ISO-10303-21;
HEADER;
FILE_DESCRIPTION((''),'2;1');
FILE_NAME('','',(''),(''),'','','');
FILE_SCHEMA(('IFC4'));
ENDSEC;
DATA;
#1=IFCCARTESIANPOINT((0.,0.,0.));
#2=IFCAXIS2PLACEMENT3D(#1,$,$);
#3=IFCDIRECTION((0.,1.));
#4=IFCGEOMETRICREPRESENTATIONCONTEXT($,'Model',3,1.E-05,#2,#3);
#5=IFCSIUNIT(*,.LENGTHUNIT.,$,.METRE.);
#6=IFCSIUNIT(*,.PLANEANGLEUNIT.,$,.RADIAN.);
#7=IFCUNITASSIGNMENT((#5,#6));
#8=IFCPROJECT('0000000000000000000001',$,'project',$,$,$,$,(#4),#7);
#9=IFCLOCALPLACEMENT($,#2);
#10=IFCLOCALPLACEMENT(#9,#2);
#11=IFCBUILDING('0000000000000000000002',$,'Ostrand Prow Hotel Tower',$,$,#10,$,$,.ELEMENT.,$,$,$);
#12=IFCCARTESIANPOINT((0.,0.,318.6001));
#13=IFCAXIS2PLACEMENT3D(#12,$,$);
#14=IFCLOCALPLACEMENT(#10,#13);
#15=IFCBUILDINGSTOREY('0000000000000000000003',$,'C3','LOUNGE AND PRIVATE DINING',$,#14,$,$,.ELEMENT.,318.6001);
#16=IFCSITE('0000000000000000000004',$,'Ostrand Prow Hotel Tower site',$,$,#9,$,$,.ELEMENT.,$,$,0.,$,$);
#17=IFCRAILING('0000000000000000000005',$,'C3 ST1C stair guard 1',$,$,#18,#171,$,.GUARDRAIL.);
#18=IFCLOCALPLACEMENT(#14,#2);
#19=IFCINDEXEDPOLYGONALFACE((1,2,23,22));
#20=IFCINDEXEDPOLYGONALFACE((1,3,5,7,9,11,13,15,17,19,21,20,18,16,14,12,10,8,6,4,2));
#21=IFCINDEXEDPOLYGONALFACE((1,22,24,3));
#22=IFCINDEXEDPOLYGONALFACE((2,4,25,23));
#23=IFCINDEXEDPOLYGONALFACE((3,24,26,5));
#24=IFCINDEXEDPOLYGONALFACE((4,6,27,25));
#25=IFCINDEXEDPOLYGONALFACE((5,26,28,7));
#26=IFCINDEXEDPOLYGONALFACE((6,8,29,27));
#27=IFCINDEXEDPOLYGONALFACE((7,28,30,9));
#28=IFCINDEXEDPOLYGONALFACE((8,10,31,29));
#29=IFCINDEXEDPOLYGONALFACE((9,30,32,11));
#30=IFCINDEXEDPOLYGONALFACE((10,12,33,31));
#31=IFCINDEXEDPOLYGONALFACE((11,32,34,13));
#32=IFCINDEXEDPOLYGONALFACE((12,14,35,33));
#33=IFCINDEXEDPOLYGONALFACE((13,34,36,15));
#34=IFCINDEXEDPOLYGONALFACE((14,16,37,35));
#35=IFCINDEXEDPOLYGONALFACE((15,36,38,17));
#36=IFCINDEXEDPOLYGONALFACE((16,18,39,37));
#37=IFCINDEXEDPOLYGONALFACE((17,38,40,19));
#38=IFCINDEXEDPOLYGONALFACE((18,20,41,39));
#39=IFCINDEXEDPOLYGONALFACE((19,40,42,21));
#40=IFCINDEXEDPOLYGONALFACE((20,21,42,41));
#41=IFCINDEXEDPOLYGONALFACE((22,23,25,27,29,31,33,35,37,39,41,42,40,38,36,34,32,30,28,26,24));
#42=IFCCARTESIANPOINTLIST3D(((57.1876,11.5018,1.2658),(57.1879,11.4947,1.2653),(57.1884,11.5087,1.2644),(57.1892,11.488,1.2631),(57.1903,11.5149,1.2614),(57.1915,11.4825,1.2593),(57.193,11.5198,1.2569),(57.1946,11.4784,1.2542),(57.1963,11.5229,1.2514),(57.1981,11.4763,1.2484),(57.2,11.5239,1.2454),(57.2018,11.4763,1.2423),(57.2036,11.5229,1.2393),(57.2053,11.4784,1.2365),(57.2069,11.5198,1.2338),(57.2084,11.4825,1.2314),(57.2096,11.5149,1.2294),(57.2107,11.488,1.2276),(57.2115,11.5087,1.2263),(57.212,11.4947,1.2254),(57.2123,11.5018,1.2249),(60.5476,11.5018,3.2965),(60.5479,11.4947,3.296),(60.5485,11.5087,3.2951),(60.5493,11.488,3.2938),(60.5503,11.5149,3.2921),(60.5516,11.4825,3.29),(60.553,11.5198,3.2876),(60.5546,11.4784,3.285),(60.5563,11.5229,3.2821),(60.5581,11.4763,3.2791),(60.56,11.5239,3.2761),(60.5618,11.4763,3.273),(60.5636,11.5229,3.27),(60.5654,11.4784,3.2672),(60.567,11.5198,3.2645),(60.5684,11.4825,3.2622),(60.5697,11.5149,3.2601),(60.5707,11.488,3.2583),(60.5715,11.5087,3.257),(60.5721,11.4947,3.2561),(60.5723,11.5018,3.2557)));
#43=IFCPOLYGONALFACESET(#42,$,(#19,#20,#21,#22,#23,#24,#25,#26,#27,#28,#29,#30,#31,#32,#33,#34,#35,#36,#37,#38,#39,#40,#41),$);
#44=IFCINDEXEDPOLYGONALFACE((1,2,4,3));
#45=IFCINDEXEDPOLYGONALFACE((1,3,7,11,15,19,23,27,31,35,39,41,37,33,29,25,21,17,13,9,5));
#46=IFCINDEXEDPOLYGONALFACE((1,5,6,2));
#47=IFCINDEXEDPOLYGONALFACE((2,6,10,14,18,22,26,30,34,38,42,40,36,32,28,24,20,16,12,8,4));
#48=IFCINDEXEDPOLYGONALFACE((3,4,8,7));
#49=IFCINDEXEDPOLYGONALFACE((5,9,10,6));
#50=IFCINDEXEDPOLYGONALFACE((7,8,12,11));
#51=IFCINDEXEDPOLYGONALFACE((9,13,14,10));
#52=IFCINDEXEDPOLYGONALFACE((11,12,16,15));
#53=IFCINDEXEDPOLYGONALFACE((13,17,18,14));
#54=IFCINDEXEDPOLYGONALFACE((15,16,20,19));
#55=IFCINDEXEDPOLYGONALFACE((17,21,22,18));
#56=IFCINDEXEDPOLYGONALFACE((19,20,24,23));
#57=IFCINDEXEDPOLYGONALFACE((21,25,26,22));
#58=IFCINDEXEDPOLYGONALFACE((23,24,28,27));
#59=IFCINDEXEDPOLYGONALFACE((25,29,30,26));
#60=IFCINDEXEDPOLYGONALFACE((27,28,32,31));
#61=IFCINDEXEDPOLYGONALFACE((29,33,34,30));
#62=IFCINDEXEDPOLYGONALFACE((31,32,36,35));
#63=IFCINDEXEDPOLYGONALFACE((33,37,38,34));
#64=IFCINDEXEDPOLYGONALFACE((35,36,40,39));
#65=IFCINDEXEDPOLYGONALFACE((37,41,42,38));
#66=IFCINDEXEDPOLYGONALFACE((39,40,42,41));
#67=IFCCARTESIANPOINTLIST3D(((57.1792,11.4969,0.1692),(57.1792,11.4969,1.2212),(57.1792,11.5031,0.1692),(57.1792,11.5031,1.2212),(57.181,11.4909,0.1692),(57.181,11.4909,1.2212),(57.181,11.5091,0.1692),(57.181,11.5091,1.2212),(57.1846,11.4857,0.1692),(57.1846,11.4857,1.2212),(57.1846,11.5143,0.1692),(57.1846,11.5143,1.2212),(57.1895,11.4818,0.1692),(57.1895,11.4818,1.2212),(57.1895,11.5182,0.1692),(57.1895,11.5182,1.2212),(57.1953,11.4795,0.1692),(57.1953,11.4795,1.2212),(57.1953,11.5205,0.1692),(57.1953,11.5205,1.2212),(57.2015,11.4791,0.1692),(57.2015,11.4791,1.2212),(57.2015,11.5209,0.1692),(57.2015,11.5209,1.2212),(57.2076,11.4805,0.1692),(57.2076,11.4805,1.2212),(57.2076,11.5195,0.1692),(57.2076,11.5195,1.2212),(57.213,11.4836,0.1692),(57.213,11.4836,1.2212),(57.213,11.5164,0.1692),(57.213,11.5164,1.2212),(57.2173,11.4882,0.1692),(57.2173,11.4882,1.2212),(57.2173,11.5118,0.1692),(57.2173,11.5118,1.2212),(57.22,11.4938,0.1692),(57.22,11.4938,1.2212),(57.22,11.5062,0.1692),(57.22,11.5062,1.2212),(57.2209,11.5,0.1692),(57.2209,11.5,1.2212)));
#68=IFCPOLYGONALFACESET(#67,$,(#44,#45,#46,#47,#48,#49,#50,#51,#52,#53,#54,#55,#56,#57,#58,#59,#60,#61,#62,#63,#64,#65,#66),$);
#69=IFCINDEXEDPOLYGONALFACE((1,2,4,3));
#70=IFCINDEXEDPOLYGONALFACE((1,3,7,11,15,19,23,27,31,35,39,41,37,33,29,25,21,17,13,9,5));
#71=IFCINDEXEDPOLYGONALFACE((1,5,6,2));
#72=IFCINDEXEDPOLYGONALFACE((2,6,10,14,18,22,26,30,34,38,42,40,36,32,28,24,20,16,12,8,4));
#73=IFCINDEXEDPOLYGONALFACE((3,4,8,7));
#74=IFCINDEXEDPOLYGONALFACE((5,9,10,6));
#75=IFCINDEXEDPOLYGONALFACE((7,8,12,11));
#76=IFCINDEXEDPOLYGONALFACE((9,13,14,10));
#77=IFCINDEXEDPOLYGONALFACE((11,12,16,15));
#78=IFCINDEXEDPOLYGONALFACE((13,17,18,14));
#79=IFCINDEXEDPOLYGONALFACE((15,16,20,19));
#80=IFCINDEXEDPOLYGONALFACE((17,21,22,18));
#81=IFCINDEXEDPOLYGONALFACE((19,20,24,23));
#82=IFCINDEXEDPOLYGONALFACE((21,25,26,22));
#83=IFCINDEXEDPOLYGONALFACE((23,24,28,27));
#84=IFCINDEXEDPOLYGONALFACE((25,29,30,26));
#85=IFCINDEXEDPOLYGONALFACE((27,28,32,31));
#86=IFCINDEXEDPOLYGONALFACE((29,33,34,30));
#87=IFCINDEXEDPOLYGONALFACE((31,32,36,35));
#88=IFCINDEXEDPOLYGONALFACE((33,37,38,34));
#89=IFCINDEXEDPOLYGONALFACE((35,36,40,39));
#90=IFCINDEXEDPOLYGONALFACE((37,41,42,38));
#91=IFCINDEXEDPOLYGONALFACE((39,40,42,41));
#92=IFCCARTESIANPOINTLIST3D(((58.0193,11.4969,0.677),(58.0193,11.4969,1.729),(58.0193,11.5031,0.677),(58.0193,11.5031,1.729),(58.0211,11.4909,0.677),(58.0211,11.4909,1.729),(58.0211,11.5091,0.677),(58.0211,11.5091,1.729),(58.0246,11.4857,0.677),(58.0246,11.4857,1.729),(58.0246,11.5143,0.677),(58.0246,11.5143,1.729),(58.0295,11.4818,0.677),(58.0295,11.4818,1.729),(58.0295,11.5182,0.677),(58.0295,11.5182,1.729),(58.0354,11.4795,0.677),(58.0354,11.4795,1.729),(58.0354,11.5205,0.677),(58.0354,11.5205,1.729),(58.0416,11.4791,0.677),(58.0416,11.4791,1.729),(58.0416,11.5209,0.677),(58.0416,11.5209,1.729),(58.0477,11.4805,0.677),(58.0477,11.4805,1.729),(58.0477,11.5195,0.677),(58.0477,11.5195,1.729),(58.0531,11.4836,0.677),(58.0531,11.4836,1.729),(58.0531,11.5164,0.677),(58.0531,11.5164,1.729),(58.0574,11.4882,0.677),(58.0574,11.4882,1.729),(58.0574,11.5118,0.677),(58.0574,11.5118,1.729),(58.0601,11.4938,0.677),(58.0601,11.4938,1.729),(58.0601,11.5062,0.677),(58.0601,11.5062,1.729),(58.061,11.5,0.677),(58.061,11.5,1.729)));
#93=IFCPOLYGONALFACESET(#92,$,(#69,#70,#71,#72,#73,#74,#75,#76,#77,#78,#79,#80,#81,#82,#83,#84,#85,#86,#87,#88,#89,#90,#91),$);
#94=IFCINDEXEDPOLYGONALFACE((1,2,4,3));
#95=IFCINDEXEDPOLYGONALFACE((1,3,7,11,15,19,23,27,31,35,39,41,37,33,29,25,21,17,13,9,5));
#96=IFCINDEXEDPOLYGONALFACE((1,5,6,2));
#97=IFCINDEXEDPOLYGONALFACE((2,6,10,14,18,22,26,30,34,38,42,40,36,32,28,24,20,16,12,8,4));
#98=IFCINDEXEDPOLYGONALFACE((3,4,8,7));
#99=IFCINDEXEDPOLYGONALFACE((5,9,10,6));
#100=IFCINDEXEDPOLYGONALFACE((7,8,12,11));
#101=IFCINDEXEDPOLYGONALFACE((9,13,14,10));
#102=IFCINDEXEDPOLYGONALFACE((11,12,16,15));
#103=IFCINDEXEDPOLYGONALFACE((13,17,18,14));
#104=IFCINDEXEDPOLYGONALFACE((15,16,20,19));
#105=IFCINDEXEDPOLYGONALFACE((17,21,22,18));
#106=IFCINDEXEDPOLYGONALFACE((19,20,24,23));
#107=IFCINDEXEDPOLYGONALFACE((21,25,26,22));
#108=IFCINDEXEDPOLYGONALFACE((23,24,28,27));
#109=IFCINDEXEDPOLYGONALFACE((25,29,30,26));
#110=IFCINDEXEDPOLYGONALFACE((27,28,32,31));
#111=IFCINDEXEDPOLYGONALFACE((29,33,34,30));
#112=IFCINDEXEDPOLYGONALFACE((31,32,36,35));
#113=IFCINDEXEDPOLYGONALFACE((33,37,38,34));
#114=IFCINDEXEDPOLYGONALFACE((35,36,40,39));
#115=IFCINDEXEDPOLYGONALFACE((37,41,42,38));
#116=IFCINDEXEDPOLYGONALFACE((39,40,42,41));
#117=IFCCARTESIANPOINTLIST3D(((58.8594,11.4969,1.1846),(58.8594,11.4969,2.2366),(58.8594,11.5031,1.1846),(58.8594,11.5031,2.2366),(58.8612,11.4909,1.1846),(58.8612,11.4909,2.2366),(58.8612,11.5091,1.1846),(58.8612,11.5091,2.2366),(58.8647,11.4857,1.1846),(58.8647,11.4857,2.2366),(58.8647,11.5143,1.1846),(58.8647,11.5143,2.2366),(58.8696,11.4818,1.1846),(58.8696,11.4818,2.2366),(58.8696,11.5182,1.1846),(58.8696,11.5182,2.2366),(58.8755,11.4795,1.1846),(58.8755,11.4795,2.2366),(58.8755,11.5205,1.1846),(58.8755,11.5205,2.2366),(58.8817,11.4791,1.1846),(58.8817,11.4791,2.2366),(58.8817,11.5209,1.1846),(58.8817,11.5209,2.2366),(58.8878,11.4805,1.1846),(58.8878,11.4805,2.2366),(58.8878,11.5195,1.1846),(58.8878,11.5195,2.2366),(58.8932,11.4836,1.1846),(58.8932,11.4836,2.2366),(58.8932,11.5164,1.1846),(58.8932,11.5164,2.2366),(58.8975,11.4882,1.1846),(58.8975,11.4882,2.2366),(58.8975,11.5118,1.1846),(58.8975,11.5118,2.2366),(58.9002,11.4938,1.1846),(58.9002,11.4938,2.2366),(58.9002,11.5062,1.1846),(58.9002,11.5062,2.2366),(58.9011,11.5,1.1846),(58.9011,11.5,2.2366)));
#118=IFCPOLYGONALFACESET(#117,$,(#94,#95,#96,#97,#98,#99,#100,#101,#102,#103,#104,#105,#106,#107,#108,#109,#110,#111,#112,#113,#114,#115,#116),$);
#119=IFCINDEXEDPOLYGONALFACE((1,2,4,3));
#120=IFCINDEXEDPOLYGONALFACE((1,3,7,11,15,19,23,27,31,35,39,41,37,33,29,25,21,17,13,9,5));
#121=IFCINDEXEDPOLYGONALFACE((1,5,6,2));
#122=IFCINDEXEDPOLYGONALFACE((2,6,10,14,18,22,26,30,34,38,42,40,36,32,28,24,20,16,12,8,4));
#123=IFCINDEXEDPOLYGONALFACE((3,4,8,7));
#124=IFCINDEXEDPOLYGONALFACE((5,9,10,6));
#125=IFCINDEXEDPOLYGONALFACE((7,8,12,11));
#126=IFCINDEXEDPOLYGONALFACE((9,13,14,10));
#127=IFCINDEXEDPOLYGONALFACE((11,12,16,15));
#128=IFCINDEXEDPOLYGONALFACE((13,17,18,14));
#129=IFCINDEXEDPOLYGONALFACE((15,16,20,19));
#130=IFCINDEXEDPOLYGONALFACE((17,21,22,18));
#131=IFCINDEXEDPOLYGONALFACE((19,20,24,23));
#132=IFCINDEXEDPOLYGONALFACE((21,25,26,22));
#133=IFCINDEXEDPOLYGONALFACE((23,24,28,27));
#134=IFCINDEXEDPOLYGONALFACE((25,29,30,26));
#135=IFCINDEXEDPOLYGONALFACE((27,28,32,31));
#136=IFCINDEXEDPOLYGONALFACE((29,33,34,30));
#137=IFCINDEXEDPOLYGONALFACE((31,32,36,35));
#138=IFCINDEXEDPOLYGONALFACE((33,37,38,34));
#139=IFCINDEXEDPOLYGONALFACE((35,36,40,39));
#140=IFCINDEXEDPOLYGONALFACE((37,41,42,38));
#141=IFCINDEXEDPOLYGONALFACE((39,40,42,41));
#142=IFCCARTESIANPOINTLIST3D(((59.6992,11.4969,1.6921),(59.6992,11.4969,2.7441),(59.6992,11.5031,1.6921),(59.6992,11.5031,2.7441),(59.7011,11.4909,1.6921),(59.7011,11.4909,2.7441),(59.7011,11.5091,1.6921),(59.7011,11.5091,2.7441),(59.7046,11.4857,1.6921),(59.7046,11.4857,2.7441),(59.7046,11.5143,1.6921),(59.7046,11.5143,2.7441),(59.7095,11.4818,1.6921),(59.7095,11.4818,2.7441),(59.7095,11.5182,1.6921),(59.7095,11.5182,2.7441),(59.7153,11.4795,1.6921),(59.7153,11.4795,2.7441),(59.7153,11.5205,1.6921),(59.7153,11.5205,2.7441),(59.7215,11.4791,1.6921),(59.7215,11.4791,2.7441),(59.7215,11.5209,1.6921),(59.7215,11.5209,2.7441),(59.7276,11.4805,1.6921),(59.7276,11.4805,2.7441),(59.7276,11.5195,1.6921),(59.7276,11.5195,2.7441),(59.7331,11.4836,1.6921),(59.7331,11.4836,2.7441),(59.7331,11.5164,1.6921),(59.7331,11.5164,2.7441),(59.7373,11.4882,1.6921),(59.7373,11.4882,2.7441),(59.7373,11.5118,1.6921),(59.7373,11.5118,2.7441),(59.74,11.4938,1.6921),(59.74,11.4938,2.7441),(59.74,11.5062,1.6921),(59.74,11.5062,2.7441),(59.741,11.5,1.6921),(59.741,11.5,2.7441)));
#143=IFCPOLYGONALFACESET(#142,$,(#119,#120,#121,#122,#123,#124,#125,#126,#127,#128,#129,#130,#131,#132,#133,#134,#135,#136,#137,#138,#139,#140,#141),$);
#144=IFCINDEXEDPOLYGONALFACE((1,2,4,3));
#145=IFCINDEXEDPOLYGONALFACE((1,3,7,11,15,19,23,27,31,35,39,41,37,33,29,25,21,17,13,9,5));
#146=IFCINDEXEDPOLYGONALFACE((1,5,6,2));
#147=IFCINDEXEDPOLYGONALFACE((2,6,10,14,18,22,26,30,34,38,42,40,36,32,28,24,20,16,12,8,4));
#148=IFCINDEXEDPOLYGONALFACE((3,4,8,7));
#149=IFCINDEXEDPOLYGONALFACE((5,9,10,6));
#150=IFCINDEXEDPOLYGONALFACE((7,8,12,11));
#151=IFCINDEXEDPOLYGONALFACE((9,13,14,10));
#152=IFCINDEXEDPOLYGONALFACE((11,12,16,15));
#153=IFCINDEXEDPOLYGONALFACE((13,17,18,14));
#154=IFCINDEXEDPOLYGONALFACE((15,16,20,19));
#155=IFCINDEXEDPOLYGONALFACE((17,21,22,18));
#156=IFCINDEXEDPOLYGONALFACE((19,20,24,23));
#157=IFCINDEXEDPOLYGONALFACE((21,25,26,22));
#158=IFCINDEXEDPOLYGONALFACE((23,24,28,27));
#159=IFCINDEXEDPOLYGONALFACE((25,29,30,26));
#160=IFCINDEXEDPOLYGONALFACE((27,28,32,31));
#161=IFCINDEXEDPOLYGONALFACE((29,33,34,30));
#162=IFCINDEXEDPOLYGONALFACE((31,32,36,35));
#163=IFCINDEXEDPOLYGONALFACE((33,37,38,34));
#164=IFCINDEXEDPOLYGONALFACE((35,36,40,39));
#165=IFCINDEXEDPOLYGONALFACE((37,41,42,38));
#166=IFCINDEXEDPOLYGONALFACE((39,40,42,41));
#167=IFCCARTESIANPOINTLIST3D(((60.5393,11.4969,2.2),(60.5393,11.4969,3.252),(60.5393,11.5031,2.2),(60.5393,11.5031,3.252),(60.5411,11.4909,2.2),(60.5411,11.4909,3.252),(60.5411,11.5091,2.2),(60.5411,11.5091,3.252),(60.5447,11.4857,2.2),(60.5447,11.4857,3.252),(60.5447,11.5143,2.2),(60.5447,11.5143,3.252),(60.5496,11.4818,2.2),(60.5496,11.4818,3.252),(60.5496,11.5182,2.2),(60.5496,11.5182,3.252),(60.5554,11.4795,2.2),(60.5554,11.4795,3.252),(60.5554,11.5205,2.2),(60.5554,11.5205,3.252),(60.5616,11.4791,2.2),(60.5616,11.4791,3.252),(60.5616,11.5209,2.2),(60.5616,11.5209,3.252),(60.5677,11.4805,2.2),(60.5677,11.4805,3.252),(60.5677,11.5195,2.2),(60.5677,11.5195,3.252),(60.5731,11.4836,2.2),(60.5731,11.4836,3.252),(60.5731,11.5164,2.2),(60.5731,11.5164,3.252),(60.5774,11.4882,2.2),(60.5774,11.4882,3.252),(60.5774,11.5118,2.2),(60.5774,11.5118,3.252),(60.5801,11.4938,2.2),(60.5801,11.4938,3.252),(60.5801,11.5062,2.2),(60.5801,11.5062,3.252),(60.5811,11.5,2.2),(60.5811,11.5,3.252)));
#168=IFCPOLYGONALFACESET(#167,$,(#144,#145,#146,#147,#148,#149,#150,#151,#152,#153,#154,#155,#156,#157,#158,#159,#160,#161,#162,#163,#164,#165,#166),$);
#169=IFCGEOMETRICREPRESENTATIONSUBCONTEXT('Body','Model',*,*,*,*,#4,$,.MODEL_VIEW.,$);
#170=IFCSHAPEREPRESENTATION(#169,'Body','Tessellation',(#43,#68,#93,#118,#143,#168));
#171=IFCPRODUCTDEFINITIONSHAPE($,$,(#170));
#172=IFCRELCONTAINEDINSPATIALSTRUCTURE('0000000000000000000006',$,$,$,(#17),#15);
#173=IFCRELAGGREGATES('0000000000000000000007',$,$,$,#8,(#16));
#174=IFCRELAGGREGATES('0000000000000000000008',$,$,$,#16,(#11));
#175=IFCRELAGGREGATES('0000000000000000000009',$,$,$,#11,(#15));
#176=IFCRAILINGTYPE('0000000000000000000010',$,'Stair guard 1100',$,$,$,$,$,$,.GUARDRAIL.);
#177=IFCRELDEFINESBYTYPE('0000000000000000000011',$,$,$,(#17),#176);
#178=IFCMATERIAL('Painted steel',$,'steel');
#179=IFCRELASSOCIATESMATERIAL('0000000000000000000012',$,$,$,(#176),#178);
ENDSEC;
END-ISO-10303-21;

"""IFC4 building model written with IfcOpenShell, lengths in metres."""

from ifc_helpers import new_model, si_unit, direction, frame, origin, origin_2d, place, context, subcontext, project, spatial, circle, extrude, material, type_object, element, save


model = new_model("IFC4")

# Units and contexts
model_context = context("Model", 3, precision=1e-05, world=origin(), true_north=direction((0.0, 1.0)))
body_context = subcontext(model_context, "Body", "Model", "MODEL_VIEW")
ifc_project = project(units=[si_unit("LENGTHUNIT", "METRE"), si_unit("PLANEANGLEUNIT", "RADIAN")], contexts=[model_context])

# Site, building, storey
site_placement = place(None, origin())
site = spatial("IfcSite", under=ifc_project, at=site_placement, Name="Ostrand Prow Hotel Tower site", CompositionType="ELEMENT", RefElevation=0.0)
building_placement = place(site_placement, origin())
building = spatial("IfcBuilding", under=site, at=building_placement, Name="Ostrand Prow Hotel Tower", CompositionType="ELEMENT")
storey_placement = place(building_placement, frame((0.0, 0.0, 318.6001)))
storey = spatial("IfcBuildingStorey", under=building, at=storey_placement, Name="C3", Description="LOUNGE AND PRIVATE DINING", CompositionType="ELEMENT", Elevation=318.6001)

# Railing
ifc_material_1 = material(Name="Painted steel", Category="steel")
railing_type_1 = type_object("IfcRailingType", Name="Stair guard 1100", PredefinedType="GUARDRAIL", material=ifc_material_1)
railing_1_placement = place(storey_placement, frame((57.2, 11.5, 0.1692)))
element("IfcRailing", 1, at=railing_1_placement, inside=storey, type_object=railing_type_1, Name="C3 ST1C stair guard 1", PredefinedType="GUARDRAIL", context=body_context, shape_type="SweptSolid", body=[
    extrude(circle(Radius=0.0239, at=origin_2d()), frame((0.0, 0.0, 1.0762), z_axis=(0.855837, 0.0, 0.517246), x_axis=(0.0, 1.0, 0.0)), (0.0, 0.0, 1.0), 3.926),
    extrude(circle(Radius=0.021, at=origin_2d()), origin(), (0.0, 0.0, 1.0), 1.052),
    extrude(circle(Radius=0.021, at=origin_2d()), frame((0.8401, 0.0, 0.5078)), (0.0, 0.0, 1.0), 1.052),
    extrude(circle(Radius=0.021, at=origin_2d()), frame((1.6802, 0.0, 1.0154)), (0.0, 0.0, 1.0), 1.052),
    extrude(circle(Radius=0.021, at=origin_2d()), frame((2.52, 0.0, 1.5229)), (0.0, 0.0, 1.0), 1.052),
    extrude(circle(Radius=0.021, at=origin_2d()), frame((3.3601, 0.0, 2.0308)), (0.0, 0.0, 1.0), 1.052),
])

save(model, "model.ifc")
